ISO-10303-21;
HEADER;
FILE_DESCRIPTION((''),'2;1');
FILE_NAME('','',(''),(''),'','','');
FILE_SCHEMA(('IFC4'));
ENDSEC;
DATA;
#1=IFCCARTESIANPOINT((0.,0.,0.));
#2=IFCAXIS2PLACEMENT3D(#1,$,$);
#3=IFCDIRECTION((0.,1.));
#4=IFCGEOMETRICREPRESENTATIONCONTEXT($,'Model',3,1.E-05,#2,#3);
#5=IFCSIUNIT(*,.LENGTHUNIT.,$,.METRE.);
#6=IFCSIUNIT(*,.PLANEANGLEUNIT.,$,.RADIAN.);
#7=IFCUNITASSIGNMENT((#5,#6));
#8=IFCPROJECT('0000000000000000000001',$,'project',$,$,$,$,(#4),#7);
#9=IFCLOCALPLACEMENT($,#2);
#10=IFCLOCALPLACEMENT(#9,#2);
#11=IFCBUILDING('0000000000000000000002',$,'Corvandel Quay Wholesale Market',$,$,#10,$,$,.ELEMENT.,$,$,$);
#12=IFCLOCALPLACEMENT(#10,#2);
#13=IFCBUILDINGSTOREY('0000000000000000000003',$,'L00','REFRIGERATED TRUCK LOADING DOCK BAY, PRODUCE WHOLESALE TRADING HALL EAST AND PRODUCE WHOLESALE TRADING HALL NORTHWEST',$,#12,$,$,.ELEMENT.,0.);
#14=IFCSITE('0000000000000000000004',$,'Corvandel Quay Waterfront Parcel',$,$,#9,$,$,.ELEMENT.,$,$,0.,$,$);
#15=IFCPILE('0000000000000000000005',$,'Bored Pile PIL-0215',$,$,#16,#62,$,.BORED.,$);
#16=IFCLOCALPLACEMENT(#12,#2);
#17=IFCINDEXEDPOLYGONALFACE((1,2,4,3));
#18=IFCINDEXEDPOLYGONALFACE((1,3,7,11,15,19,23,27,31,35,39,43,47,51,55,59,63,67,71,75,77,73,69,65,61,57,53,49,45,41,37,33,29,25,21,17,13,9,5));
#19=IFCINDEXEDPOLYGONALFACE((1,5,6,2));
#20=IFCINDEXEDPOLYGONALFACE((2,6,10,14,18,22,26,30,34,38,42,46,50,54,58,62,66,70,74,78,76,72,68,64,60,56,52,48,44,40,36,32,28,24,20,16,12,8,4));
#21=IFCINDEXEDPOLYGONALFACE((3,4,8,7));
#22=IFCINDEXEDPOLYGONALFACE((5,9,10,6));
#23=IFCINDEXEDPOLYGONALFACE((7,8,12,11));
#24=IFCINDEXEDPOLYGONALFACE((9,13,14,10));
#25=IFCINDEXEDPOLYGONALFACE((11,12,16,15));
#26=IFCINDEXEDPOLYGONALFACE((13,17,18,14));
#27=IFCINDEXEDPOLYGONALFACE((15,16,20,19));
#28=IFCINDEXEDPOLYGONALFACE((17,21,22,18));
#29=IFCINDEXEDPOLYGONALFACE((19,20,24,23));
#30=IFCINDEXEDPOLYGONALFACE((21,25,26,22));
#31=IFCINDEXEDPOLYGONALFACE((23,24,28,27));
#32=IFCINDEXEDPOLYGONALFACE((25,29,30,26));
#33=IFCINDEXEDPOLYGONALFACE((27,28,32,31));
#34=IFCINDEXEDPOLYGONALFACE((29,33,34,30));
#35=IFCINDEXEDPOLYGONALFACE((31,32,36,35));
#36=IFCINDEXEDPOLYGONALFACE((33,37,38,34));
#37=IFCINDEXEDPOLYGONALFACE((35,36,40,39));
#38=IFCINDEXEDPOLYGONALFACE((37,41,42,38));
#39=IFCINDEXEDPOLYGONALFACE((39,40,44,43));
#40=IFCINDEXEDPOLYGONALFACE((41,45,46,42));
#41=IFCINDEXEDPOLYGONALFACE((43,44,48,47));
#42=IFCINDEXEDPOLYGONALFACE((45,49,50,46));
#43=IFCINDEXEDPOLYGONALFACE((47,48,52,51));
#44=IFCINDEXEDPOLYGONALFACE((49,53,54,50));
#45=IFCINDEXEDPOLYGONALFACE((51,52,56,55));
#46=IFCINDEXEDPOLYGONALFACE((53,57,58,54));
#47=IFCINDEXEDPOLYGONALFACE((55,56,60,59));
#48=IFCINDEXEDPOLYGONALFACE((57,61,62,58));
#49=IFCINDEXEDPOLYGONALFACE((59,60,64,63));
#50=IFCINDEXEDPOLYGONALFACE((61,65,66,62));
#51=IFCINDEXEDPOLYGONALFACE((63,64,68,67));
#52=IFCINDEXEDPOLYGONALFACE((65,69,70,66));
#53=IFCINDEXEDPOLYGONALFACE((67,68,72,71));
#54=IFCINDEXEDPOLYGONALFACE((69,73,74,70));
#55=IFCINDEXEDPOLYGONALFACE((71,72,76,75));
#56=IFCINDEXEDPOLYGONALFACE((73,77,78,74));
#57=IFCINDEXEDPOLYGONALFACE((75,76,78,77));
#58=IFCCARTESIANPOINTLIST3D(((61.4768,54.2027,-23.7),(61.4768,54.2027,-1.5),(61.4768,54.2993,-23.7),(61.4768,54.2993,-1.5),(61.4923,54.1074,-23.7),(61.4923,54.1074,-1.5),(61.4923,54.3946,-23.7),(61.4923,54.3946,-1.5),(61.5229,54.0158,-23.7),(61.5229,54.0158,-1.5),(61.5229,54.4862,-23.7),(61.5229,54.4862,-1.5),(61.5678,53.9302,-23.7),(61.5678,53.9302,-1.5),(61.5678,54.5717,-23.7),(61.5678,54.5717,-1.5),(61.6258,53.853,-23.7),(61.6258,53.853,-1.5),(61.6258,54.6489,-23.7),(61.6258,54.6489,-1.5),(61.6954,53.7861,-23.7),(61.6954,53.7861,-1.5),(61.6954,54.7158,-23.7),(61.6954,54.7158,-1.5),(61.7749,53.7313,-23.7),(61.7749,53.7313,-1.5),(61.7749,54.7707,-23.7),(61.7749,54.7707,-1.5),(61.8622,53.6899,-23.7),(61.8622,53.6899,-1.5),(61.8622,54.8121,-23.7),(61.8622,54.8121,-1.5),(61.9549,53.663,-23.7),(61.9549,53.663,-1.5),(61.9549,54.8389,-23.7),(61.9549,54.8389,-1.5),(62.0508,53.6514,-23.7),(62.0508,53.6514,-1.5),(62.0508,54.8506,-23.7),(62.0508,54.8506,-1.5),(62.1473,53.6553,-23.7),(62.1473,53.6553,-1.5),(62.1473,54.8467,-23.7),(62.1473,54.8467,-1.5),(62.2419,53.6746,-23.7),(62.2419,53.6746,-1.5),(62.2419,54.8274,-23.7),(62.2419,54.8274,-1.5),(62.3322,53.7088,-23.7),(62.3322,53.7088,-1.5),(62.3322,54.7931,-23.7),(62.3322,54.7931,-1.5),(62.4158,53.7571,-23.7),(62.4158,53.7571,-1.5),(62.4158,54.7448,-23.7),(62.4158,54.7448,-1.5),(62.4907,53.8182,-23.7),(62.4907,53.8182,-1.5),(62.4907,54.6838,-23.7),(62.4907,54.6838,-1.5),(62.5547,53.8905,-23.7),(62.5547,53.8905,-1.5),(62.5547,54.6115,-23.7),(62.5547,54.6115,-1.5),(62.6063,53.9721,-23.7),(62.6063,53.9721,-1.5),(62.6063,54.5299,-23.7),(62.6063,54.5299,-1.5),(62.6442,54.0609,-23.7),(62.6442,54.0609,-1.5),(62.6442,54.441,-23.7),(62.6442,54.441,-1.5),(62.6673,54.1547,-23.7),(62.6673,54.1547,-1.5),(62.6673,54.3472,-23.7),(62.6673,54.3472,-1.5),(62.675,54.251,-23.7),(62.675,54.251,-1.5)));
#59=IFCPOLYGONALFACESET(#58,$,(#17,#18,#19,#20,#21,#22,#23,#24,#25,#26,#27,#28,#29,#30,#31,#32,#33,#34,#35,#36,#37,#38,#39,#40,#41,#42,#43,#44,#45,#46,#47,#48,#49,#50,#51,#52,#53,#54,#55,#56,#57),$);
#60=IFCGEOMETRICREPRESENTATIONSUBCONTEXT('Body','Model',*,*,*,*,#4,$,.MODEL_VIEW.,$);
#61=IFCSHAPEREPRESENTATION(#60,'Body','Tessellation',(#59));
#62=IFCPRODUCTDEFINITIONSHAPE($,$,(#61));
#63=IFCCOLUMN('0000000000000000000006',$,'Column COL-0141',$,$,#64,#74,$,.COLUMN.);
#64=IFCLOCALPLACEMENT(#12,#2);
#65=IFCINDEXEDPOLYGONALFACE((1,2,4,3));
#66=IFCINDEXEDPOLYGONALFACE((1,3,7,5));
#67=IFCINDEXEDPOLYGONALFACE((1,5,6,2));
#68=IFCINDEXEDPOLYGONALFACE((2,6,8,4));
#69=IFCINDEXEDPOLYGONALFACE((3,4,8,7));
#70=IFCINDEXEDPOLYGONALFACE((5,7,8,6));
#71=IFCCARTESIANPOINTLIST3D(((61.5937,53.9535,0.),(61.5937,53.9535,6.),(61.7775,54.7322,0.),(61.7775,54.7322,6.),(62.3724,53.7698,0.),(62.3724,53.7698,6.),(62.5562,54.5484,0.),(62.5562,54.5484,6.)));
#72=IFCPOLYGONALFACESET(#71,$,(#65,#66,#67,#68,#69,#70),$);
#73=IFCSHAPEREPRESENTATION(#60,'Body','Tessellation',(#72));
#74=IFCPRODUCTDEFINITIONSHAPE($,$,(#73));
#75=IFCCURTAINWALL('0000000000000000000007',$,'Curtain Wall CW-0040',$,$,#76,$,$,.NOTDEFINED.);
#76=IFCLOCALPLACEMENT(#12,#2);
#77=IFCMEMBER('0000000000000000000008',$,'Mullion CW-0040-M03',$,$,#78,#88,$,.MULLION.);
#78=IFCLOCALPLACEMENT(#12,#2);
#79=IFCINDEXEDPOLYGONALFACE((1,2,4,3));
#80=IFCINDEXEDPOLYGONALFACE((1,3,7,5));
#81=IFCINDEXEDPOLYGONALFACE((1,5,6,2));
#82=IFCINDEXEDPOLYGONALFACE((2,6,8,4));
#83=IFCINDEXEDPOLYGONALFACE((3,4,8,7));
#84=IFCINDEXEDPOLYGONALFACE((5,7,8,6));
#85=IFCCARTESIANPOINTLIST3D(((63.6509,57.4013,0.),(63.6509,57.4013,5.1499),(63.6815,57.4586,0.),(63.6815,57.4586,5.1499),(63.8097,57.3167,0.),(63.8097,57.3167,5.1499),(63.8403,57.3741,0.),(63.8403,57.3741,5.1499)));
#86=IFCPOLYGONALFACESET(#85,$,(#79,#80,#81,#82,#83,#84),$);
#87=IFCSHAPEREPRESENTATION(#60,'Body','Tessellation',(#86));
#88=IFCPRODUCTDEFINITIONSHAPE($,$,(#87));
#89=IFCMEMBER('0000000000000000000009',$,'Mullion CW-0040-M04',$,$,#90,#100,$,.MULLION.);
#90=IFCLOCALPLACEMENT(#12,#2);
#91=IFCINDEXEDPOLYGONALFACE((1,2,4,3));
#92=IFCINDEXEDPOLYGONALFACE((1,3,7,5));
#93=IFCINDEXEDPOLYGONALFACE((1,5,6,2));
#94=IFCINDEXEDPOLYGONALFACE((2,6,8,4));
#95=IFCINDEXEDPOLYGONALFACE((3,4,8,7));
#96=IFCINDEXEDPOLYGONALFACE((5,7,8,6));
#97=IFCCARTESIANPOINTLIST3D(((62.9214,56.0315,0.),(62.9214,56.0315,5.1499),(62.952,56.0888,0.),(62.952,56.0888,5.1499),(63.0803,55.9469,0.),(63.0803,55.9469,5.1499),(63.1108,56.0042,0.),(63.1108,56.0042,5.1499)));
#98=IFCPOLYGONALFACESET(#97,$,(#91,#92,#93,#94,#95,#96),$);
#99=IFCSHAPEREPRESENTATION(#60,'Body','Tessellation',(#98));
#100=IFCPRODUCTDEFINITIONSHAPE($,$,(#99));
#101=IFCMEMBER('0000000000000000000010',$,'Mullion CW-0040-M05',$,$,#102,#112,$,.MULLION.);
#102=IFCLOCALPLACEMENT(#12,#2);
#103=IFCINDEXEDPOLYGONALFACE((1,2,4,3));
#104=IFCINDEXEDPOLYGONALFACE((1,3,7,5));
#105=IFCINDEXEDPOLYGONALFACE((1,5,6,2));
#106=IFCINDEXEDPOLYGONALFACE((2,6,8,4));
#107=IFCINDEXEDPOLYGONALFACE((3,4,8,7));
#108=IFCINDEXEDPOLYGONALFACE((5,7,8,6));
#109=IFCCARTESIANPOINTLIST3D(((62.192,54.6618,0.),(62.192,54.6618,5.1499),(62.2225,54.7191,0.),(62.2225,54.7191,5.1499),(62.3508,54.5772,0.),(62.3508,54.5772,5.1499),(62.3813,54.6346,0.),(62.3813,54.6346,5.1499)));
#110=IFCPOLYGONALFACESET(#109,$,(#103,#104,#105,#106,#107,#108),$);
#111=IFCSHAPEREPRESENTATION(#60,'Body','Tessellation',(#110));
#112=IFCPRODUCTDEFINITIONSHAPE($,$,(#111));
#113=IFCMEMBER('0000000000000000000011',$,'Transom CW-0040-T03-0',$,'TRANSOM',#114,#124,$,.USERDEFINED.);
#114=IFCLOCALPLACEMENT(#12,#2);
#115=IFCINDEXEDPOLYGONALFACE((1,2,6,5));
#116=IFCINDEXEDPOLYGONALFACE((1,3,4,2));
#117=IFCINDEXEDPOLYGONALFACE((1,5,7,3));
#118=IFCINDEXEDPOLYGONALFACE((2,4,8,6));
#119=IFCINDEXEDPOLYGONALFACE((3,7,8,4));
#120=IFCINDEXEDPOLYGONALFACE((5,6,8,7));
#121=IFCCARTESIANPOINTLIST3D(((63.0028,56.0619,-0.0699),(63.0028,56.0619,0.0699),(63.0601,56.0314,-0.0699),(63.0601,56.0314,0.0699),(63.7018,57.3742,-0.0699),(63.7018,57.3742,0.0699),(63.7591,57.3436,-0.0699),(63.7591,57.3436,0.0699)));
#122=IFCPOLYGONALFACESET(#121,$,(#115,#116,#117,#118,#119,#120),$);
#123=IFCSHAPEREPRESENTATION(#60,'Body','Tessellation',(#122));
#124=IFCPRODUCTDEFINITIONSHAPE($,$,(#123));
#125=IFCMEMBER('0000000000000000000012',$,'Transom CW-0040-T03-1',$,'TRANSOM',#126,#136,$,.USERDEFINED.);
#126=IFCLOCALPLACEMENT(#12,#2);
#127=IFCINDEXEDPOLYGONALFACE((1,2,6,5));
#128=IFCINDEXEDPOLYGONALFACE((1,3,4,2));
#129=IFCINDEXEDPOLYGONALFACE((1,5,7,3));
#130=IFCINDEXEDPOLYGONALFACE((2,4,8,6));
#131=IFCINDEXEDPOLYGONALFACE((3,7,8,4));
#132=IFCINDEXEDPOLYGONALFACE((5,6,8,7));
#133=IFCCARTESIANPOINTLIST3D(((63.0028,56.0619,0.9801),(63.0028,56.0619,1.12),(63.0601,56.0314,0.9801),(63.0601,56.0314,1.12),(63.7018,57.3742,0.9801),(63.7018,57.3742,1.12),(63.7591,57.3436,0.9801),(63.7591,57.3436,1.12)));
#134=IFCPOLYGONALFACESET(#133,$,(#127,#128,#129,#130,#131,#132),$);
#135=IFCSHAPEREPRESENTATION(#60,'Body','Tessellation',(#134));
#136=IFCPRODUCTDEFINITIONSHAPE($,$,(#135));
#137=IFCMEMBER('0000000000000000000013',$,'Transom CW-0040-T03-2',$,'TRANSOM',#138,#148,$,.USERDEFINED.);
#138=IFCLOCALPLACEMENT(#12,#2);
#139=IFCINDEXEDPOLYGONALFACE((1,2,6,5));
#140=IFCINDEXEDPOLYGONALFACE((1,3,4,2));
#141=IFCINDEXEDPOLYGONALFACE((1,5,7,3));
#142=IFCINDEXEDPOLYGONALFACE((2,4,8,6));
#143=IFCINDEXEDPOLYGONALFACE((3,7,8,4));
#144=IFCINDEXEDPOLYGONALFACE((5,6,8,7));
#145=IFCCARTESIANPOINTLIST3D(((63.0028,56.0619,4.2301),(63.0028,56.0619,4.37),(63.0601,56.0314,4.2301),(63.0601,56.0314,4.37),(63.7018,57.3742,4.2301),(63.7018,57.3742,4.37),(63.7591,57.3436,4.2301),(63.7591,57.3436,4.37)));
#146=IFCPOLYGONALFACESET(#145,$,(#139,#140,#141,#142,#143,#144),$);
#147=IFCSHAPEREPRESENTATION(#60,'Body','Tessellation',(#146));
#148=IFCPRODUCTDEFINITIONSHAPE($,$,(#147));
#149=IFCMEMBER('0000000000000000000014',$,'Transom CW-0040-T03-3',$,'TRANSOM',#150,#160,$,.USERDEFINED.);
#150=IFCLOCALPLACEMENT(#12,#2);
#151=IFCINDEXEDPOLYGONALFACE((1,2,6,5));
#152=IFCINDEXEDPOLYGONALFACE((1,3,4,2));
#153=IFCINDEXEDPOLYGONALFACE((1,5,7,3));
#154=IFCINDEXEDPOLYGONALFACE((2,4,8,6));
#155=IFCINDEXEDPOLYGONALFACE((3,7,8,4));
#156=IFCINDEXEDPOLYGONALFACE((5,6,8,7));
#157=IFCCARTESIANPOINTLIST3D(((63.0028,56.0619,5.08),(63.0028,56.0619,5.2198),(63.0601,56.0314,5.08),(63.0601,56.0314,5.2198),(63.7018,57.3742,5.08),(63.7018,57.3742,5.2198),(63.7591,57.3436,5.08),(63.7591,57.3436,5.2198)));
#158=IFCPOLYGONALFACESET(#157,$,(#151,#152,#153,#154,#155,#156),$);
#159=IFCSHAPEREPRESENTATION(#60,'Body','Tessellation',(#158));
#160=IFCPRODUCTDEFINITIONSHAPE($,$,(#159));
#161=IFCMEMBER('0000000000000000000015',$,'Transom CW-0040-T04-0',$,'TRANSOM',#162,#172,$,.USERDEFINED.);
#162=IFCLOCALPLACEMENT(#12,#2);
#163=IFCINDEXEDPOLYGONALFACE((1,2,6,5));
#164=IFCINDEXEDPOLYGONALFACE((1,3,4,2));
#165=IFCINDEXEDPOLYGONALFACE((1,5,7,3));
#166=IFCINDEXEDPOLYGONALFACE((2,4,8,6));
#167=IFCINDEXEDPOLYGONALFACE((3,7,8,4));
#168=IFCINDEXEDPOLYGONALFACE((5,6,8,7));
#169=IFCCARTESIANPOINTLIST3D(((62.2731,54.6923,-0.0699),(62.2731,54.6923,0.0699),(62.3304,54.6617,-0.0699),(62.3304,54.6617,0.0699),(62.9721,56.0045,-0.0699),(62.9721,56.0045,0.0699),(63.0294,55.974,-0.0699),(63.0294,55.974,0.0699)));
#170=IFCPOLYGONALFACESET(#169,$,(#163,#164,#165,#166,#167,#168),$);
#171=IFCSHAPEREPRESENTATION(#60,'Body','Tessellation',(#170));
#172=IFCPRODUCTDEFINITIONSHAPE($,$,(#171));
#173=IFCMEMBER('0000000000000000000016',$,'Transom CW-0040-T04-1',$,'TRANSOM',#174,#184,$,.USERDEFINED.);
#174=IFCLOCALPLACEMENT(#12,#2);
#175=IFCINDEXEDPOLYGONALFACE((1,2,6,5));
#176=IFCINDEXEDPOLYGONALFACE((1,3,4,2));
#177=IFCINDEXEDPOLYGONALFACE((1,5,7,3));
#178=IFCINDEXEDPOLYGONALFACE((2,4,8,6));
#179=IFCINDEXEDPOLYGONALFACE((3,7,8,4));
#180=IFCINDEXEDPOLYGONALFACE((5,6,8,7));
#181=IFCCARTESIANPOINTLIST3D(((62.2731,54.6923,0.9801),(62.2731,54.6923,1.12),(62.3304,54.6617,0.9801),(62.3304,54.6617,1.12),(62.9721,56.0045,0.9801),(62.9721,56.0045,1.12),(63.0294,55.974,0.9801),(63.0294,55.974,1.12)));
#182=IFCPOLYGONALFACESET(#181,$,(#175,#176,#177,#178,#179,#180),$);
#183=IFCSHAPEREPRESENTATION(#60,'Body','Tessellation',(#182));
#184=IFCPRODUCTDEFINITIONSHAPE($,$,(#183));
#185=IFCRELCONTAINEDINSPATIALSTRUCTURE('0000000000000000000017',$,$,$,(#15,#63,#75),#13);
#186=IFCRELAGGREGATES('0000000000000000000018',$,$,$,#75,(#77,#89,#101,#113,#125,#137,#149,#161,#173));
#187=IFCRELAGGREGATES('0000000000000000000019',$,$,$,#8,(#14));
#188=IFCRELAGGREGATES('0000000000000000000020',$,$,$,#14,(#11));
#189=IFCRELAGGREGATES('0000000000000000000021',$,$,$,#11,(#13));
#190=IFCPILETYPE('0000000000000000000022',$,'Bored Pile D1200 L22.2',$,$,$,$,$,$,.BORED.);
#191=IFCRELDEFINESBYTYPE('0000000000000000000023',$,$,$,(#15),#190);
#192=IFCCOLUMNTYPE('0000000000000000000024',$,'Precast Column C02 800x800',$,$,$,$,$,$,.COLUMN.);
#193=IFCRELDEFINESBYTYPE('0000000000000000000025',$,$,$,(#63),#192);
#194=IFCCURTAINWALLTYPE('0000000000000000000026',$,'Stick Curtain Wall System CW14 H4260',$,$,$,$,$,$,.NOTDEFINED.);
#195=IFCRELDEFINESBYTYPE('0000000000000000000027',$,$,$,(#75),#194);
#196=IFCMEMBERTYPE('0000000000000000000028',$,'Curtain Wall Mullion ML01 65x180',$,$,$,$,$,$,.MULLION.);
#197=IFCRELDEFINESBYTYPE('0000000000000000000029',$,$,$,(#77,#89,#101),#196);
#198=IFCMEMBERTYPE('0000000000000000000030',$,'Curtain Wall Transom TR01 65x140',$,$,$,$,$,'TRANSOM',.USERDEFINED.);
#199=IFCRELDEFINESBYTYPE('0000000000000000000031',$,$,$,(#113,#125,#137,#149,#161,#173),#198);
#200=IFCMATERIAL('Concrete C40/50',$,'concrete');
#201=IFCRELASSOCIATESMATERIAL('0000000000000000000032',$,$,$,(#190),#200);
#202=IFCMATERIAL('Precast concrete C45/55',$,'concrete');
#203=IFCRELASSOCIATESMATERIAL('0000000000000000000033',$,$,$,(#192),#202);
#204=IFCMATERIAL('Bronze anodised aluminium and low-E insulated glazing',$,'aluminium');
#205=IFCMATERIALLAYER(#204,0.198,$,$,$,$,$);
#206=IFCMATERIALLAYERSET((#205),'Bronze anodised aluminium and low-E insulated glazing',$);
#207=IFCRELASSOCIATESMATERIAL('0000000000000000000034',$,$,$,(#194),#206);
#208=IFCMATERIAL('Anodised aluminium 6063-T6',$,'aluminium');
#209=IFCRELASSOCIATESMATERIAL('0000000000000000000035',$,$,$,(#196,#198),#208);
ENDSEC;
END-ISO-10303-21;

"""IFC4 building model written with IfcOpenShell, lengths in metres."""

from ifc_helpers import new_model, si_unit, direction, frame, origin, origin_2d, place, context, subcontext, project, spatial, rectangle, circle, extrude, material, layer, layer_set, material_profile, profile_set, type_object, element, aggregate, save


model = new_model("IFC4")

# Units and contexts
model_context = context("Model", 3, precision=1e-05, world=origin(), true_north=direction((0.0, 1.0)))
body_context = subcontext(model_context, "Body", "Model", "MODEL_VIEW")
ifc_project = project(units=[si_unit("LENGTHUNIT", "METRE"), si_unit("PLANEANGLEUNIT", "RADIAN")], contexts=[model_context])

# Site, building, storey
site_placement = place(None, origin())
site = spatial("IfcSite", under=ifc_project, at=site_placement, Name="Corvandel Quay Waterfront Parcel", CompositionType="ELEMENT", RefElevation=0.0)
building_placement = place(site_placement, origin())
building = spatial("IfcBuilding", under=site, at=building_placement, Name="Corvandel Quay Wholesale Market", CompositionType="ELEMENT")
storey_placement = place(building_placement, origin())
storey = spatial("IfcBuildingStorey", under=building, at=storey_placement, Name="L00", Description="REFRIGERATED TRUCK LOADING DOCK BAY, PRODUCE WHOLESALE TRADING HALL EAST AND PRODUCE WHOLESALE TRADING HALL NORTHWEST", CompositionType="ELEMENT", Elevation=0.0)

# Pile
ifc_material_1 = material(Name="Concrete C40/50", Category="concrete")
ifc_material_profile_1 = material_profile(ifc_material_1, circle(Radius=0.6001, at=origin_2d()), Name="RC-PILE-D1200")
ifc_profile_set_1 = profile_set([ifc_material_profile_1], Name="Concrete C40/50")
pile_type = type_object("IfcPileType", Name="Bored Pile D1200 L22.2", PredefinedType="BORED", material=ifc_profile_set_1)
pile_placement = place(storey_placement, frame((62.075, 54.251, -1.5), z_axis=(0.0, 0.0, -1.0), x_axis=(1.0, 0.0, 0.0)))
element("IfcPile", 1, at=pile_placement, inside=storey, type_object=pile_type, Name="Bored Pile PIL-0215", PredefinedType="BORED", context=body_context, shape_type="SweptSolid", body=[
    extrude(circle(Radius=0.6001, at=origin_2d()), origin(), (0.0, 0.0, 1.0), 22.2),
])

# Column
ifc_material_2 = material(Name="Precast concrete C45/55", Category="concrete")
ifc_material_profile_2 = material_profile(ifc_material_2, rectangle(XDim=0.8, YDim=0.8, at=origin_2d()), Name="PC-COL-800x800")
ifc_profile_set_2 = profile_set([ifc_material_profile_2], Name="Precast concrete C45/55")
column_type = type_object("IfcColumnType", Name="Precast Column C02 800x800", PredefinedType="COLUMN", material=ifc_profile_set_2)
column_placement = place(storey_placement, frame((62.075, 54.251, 0.0), z_axis=(0.0, 0.0, 1.0), x_axis=(0.22971, 0.973259, 0.0)))
element("IfcColumn", 2, at=column_placement, inside=storey, type_object=column_type, Name="Column COL-0141", PredefinedType="COLUMN", context=body_context, shape_type="SweptSolid", body=[
    extrude(rectangle(XDim=0.8, YDim=0.8, at=origin_2d()), origin(), (0.0, 0.0, 1.0), 6.0),
])

# Curtain wall, members
ifc_material_3 = material(Name="Bronze anodised aluminium and low-E insulated glazing", Category="aluminium")
ifc_layer_1 = layer(ifc_material_3, 0.198)
ifc_layer_set_1 = layer_set([ifc_layer_1], Name="Bronze anodised aluminium and low-E insulated glazing")
curtain_wall_type = type_object("IfcCurtainWallType", Name="Stick Curtain Wall System CW14 H4260", PredefinedType="NOTDEFINED", material=ifc_layer_set_1)
curtain_wall_placement = place(storey_placement, origin())
curtain_wall = element("IfcCurtainWall", 3, at=curtain_wall_placement, inside=storey, type_object=curtain_wall_type, Name="Curtain Wall CW-0040", PredefinedType="NOTDEFINED")
ifc_material_4 = material(Name="Anodised aluminium 6063-T6", Category="aluminium")
ifc_material_profile_3 = material_profile(ifc_material_4, rectangle(XDim=0.0649, YDim=0.1799, at=origin_2d()), Name="ALU-MUL-65x180")
ifc_profile_set_3 = profile_set([ifc_material_profile_3], Name="Anodised aluminium 6063-T6")
member_type_1 = type_object("IfcMemberType", Name="Curtain Wall Mullion ML01 65x180", PredefinedType="MULLION", material=ifc_profile_set_3)
member_1_placement = place(storey_placement, frame((63.7456, 57.3877, 0.0), z_axis=(0.0, 0.0, 1.0), x_axis=(0.470088, 0.88262, 0.0)))
member_1 = element("IfcMember", 4, at=member_1_placement, type_object=member_type_1, Name="Mullion CW-0040-M03", PredefinedType="MULLION", context=body_context, shape_type="SweptSolid", body=[
    extrude(rectangle(XDim=0.0649, YDim=0.1799, at=origin_2d()), origin(), (0.0, 0.0, 1.0), 5.1499),
])
member_2_placement = place(storey_placement, frame((63.0161, 56.0178, 0.0), z_axis=(0.0, 0.0, 1.0), x_axis=(0.470088, 0.88262, 0.0)))
member_2 = element("IfcMember", 5, at=member_2_placement, type_object=member_type_1, Name="Mullion CW-0040-M04", PredefinedType="MULLION", context=body_context, shape_type="SweptSolid", body=[
    extrude(rectangle(XDim=0.0649, YDim=0.1799, at=origin_2d()), origin(), (0.0, 0.0, 1.0), 5.1499),
])
member_3_placement = place(storey_placement, frame((62.2866, 54.6482, 0.0), z_axis=(0.0, 0.0, 1.0), x_axis=(0.470088, 0.88262, 0.0)))
member_3 = element("IfcMember", 6, at=member_3_placement, type_object=member_type_1, Name="Mullion CW-0040-M05", PredefinedType="MULLION", context=body_context, shape_type="SweptSolid", body=[
    extrude(rectangle(XDim=0.0649, YDim=0.1799, at=origin_2d()), origin(), (0.0, 0.0, 1.0), 5.1499),
])
ifc_material_profile_4 = material_profile(ifc_material_4, rectangle(XDim=0.0649, YDim=0.1399, at=origin_2d()), Name="ALU-TRN-65x140")
ifc_profile_set_4 = profile_set([ifc_material_profile_4], Name="Anodised aluminium 6063-T6")
member_type_2 = type_object("IfcMemberType", Name="Curtain Wall Transom TR01 65x140", ElementType="TRANSOM", PredefinedType="USERDEFINED", material=ifc_profile_set_4)
member_4_placement = place(storey_placement, frame((63.7305, 57.3589, 0.0), z_axis=(-0.470119, -0.882603, 0.0), x_axis=(0.882603, -0.470119, 0.0)))
member_4 = element("IfcMember", 7, at=member_4_placement, type_object=member_type_2, Name="Transom CW-0040-T03-0", ObjectType="TRANSOM", PredefinedType="USERDEFINED", context=body_context, shape_type="SweptSolid", body=[
    extrude(rectangle(XDim=0.0649, YDim=0.1399, at=origin_2d()), origin(), (0.0, 0.0, 1.0), 1.4868),
])
member_5_placement = place(storey_placement, frame((63.7305, 57.3589, 1.05), z_axis=(-0.470119, -0.882603, 0.0), x_axis=(0.882603, -0.470119, 0.0)))
member_5 = element("IfcMember", 8, at=member_5_placement, type_object=member_type_2, Name="Transom CW-0040-T03-1", ObjectType="TRANSOM", PredefinedType="USERDEFINED", context=body_context, shape_type="SweptSolid", body=[
    extrude(rectangle(XDim=0.0649, YDim=0.1399, at=origin_2d()), origin(), (0.0, 0.0, 1.0), 1.4868),
])
member_6_placement = place(storey_placement, frame((63.7305, 57.3589, 4.3), z_axis=(-0.470119, -0.882603, 0.0), x_axis=(0.882603, -0.470119, 0.0)))
member_6 = element("IfcMember", 9, at=member_6_placement, type_object=member_type_2, Name="Transom CW-0040-T03-2", ObjectType="TRANSOM", PredefinedType="USERDEFINED", context=body_context, shape_type="SweptSolid", body=[
    extrude(rectangle(XDim=0.0649, YDim=0.1399, at=origin_2d()), origin(), (0.0, 0.0, 1.0), 1.4868),
])
member_7_placement = place(storey_placement, frame((63.7305, 57.3589, 5.1499), z_axis=(-0.470119, -0.882603, 0.0), x_axis=(0.882603, -0.470119, 0.0)))
member_7 = element("IfcMember", 10, at=member_7_placement, type_object=member_type_2, Name="Transom CW-0040-T03-3", ObjectType="TRANSOM", PredefinedType="USERDEFINED", context=body_context, shape_type="SweptSolid", body=[
    extrude(rectangle(XDim=0.0649, YDim=0.1399, at=origin_2d()), origin(), (0.0, 0.0, 1.0), 1.4868),
])
member_8_placement = place(storey_placement, frame((63.0007, 55.9893, 0.0), z_axis=(-0.470119, -0.882603, 0.0), x_axis=(0.882603, -0.470119, 0.0)))
member_8 = element("IfcMember", 11, at=member_8_placement, type_object=member_type_2, Name="Transom CW-0040-T04-0", ObjectType="TRANSOM", PredefinedType="USERDEFINED", context=body_context, shape_type="SweptSolid", body=[
    extrude(rectangle(XDim=0.0649, YDim=0.1399, at=origin_2d()), origin(), (0.0, 0.0, 1.0), 1.4868),
])
member_9_placement = place(storey_placement, frame((63.0007, 55.9893, 1.05), z_axis=(-0.470119, -0.882603, 0.0), x_axis=(0.882603, -0.470119, 0.0)))
member_9 = element("IfcMember", 12, at=member_9_placement, type_object=member_type_2, Name="Transom CW-0040-T04-1", ObjectType="TRANSOM", PredefinedType="USERDEFINED", context=body_context, shape_type="SweptSolid", body=[
    extrude(rectangle(XDim=0.0649, YDim=0.1399, at=origin_2d()), origin(), (0.0, 0.0, 1.0), 1.4868),
])
aggregate(curtain_wall, [member_1, member_2, member_3, member_4, member_5, member_6, member_7, member_8, member_9])

save(model, "model.ifc")
